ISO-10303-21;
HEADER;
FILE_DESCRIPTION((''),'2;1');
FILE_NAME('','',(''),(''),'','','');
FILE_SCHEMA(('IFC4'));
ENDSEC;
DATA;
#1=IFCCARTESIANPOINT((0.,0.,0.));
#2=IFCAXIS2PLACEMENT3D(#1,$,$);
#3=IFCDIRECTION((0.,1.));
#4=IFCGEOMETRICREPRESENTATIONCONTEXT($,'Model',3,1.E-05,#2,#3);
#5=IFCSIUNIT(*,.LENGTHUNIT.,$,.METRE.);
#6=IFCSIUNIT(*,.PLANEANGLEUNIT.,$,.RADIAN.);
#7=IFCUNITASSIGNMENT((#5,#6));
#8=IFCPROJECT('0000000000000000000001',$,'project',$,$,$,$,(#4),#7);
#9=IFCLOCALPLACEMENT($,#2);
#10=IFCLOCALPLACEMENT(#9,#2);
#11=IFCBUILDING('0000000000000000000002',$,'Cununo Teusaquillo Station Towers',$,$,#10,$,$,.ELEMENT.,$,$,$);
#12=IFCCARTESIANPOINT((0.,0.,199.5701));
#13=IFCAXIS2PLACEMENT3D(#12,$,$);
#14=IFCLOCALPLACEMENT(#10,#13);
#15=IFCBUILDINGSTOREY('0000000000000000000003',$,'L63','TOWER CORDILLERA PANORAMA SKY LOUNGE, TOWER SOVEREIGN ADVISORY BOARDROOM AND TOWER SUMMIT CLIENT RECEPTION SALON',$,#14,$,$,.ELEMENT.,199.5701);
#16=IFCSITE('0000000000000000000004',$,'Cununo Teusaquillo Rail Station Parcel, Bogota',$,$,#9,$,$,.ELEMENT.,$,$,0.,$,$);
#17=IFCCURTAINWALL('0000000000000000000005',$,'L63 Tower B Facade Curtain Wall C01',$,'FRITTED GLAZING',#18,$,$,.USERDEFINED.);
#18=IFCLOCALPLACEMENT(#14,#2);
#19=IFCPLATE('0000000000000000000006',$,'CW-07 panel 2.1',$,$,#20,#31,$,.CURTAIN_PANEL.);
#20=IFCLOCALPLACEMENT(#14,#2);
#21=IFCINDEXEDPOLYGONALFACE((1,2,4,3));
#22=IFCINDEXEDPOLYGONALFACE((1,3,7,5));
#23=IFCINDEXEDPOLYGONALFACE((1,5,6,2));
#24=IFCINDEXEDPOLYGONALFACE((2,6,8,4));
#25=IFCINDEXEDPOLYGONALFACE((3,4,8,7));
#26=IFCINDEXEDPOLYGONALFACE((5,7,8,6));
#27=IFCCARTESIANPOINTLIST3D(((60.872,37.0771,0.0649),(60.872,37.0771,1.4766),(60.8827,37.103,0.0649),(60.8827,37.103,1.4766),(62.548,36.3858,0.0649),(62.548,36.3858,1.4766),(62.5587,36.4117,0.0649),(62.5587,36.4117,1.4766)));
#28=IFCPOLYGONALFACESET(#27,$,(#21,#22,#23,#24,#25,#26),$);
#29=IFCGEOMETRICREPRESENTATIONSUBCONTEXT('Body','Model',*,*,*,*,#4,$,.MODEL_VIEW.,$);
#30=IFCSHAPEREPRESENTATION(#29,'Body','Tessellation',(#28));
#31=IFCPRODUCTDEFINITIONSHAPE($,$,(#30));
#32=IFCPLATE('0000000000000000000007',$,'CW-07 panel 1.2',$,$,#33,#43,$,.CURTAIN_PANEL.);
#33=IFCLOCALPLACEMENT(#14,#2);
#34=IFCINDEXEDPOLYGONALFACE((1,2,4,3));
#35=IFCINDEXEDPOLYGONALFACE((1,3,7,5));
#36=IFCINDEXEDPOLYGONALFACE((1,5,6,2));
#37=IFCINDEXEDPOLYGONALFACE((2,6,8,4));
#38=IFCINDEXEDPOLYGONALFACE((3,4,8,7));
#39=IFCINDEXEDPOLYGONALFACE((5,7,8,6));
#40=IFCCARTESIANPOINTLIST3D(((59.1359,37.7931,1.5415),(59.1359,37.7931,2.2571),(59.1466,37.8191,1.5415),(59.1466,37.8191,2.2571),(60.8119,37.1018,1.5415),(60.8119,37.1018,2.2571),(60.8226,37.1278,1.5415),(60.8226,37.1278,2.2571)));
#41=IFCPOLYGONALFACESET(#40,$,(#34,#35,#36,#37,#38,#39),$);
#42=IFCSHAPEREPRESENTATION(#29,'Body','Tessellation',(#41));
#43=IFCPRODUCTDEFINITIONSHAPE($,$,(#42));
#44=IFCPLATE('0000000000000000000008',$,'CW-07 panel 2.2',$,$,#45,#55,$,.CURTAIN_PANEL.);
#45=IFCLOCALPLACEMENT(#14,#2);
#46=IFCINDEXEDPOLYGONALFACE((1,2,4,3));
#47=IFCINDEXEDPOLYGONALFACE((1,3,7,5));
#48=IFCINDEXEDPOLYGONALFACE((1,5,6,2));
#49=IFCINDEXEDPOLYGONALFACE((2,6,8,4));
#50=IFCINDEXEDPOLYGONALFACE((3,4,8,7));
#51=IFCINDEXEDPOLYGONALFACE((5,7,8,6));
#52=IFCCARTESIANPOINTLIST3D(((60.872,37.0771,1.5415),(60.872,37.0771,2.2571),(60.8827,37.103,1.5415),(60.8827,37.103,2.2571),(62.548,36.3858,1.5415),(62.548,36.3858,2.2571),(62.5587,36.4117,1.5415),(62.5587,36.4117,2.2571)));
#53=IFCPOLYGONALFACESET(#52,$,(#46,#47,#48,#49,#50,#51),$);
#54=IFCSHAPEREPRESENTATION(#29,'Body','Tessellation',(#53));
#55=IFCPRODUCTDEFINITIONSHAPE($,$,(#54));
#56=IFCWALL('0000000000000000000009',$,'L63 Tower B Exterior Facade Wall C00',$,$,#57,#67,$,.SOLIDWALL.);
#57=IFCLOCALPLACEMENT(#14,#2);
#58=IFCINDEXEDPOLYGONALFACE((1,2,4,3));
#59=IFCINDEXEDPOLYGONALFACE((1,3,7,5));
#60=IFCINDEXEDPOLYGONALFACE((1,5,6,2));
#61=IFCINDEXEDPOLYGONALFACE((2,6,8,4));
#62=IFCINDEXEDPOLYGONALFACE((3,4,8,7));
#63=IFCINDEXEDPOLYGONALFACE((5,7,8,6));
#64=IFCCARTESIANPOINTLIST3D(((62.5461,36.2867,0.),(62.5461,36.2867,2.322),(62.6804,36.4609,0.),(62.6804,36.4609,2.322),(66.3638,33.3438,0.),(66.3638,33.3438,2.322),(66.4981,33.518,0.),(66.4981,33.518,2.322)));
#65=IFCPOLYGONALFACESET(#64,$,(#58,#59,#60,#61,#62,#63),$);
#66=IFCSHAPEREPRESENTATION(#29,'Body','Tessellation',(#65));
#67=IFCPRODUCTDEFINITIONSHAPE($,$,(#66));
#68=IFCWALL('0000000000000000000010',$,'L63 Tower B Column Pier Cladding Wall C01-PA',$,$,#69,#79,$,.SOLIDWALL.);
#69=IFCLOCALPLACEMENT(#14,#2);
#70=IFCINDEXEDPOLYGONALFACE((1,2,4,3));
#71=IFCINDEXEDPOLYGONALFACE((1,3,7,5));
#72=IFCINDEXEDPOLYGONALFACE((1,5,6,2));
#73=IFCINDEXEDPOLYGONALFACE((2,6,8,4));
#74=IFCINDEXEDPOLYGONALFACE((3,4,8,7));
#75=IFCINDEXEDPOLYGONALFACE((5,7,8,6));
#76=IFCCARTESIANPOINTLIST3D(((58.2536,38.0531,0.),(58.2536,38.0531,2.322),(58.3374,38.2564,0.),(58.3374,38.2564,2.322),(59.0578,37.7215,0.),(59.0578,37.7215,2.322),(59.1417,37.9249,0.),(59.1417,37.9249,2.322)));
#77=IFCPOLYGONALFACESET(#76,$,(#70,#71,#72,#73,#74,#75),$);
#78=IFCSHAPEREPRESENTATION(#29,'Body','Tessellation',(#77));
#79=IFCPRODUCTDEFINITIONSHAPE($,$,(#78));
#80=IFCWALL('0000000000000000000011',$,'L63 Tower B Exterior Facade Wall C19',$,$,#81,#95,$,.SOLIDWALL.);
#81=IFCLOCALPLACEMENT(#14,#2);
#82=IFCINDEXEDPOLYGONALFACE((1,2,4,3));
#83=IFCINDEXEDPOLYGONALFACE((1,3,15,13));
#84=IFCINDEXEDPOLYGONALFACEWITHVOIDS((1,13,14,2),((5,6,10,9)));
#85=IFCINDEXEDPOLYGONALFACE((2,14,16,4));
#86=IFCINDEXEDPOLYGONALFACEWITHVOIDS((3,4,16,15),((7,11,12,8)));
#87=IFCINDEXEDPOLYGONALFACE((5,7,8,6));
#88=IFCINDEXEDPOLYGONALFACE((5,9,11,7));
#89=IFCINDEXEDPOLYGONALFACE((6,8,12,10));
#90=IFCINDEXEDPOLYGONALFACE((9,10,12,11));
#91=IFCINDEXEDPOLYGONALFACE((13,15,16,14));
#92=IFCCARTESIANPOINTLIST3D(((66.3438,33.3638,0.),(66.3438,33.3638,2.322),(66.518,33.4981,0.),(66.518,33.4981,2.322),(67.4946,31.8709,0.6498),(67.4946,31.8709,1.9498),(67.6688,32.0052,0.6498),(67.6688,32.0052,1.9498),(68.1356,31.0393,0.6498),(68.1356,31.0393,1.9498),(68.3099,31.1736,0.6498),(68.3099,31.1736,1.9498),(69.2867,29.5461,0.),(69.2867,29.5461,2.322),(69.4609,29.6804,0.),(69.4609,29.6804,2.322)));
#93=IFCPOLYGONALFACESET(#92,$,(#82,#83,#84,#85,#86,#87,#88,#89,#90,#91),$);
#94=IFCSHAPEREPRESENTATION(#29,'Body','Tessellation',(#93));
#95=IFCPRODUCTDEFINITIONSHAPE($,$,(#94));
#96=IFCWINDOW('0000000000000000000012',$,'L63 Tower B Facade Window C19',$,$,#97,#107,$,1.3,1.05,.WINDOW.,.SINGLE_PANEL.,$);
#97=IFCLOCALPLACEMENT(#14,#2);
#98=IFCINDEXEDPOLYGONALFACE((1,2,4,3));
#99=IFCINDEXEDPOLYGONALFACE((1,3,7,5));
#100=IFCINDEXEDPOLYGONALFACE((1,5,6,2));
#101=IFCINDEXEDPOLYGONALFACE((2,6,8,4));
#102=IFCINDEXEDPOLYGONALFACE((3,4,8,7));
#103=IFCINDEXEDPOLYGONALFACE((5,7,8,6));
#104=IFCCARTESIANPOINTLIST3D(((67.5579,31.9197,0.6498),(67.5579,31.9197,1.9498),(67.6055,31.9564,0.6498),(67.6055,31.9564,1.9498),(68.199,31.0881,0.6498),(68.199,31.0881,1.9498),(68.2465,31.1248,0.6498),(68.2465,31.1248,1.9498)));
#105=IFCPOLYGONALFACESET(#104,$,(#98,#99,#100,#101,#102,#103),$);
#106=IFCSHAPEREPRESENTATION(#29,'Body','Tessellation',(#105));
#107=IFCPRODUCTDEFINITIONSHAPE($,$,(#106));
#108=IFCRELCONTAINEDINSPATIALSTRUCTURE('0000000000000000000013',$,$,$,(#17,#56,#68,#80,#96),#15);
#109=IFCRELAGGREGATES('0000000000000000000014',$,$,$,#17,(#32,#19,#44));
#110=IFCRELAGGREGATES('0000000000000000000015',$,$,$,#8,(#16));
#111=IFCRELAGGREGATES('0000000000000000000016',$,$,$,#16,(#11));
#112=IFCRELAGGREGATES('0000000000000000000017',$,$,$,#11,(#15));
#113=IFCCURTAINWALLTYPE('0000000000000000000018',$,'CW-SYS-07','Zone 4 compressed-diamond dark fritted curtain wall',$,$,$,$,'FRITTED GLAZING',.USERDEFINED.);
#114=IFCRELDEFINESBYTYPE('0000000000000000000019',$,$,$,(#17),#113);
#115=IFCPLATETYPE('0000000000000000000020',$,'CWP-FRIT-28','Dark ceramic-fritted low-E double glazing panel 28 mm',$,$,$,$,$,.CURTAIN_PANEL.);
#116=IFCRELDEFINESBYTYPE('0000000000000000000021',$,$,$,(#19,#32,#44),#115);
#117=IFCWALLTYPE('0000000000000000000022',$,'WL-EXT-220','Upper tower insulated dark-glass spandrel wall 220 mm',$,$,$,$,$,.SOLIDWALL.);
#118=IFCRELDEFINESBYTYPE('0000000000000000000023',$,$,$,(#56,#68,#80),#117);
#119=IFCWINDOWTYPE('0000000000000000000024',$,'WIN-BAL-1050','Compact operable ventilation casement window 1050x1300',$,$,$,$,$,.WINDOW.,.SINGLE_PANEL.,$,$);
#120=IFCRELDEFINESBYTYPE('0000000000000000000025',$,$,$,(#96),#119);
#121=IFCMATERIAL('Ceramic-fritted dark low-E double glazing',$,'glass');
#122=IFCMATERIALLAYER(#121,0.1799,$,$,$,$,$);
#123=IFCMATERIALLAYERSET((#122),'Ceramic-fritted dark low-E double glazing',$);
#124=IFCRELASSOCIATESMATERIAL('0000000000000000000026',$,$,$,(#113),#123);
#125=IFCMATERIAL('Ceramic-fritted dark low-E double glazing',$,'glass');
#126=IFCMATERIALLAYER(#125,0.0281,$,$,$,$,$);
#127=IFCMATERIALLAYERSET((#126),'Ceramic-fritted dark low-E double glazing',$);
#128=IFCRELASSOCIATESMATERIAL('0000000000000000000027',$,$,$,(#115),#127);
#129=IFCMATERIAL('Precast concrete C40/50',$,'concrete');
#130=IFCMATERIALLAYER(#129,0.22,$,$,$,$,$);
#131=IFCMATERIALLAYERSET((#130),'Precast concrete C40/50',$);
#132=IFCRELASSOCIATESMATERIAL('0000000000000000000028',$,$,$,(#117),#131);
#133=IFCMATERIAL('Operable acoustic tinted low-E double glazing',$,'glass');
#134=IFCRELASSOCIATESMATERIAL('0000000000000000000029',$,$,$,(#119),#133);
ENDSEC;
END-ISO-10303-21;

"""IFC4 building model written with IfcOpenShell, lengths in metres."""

from ifc_helpers import new_model, si_unit, direction, frame, frame_2d, origin, origin_2d, place, context, subcontext, project, spatial, rectangle, extrude, source, transform, mapped, material, layer, layer_set, type_object, element, fill, aggregate, save


model = new_model("IFC4")

# Units and contexts
model_context = context("Model", 3, precision=1e-05, world=origin(), true_north=direction((0.0, 1.0)))
body_context = subcontext(model_context, "Body", "Model", "MODEL_VIEW")
ifc_project = project(units=[si_unit("LENGTHUNIT", "METRE"), si_unit("PLANEANGLEUNIT", "RADIAN")], contexts=[model_context])

# Site, building, storey
site_placement = place(None, origin())
site = spatial("IfcSite", under=ifc_project, at=site_placement, Name="Cununo Teusaquillo Rail Station Parcel, Bogota", CompositionType="ELEMENT", RefElevation=0.0)
building_placement = place(site_placement, origin())
building = spatial("IfcBuilding", under=site, at=building_placement, Name="Cununo Teusaquillo Station Towers", CompositionType="ELEMENT")
storey_placement = place(building_placement, frame((0.0, 0.0, 199.5701)))
storey = spatial("IfcBuildingStorey", under=building, at=storey_placement, Name="L63", Description="TOWER CORDILLERA PANORAMA SKY LOUNGE, TOWER SOVEREIGN ADVISORY BOARDROOM AND TOWER SUMMIT CLIENT RECEPTION SALON", CompositionType="ELEMENT", Elevation=199.5701)

# Curtain wall
ifc_material_1 = material(Name="Ceramic-fritted dark low-E double glazing", Category="glass")
ifc_layer_1 = layer(ifc_material_1, 0.1799)
ifc_layer_set_1 = layer_set([ifc_layer_1], Name="Ceramic-fritted dark low-E double glazing")
curtain_wall_type = type_object("IfcCurtainWallType", Name="CW-SYS-07", Description="Zone 4 compressed-diamond dark fritted curtain wall", ElementType="FRITTED GLAZING", PredefinedType="USERDEFINED", material=ifc_layer_set_1)
curtain_wall_placement = place(storey_placement, origin())
curtain_wall = element("IfcCurtainWall", 1, at=curtain_wall_placement, inside=storey, type_object=curtain_wall_type, Name="L63 Tower B Facade Curtain Wall C01", ObjectType="FRITTED GLAZING", PredefinedType="USERDEFINED")

# Plates
ifc_material_2 = material(Name="Ceramic-fritted dark low-E double glazing", Category="glass")
ifc_layer_2 = layer(ifc_material_2, 0.0281)
ifc_layer_set_2 = layer_set([ifc_layer_2], Name="Ceramic-fritted dark low-E double glazing")
plate_type = type_object("IfcPlateType", Name="CWP-FRIT-28", Description="Dark ceramic-fritted low-E double glazing panel 28 mm", PredefinedType="CURTAIN_PANEL", material=ifc_layer_set_2)
shared_shape_1 = source(origin(), body_context, "Body", "SweptSolid", [
    extrude(rectangle(XDim=1.813, YDim=0.0281, at=origin_2d()), origin(), (0.0, 0.0, 1.0), 1.4116),
])
plate_1_placement = place(storey_placement, frame((61.7153, 36.7444, 0.0649), z_axis=(0.0, 0.0, 1.0), x_axis=(0.924447, -0.381311, 0.0)))
plate_1 = element("IfcPlate", 2, at=plate_1_placement, type_object=plate_type, Name="CW-07 panel 2.1", PredefinedType="CURTAIN_PANEL", context=body_context, shape_type="MappedRepresentation", body=[
    mapped(shared_shape_1, transform((0.0, 0.0, 0.0), x_axis=(1.0, 0.0, 0.0), y_axis=(0.0, 1.0, 0.0), z_axis=(0.0, 0.0, 1.0), scale=1.0)),
])
shared_shape_2 = source(origin(), body_context, "Body", "SweptSolid", [
    extrude(rectangle(XDim=1.813, YDim=0.0281, at=origin_2d()), origin(), (0.0, 0.0, 1.0), 0.7156),
])
plate_2_placement = place(storey_placement, frame((59.9792, 37.4604, 1.5415), z_axis=(0.0, 0.0, 1.0), x_axis=(0.924447, -0.381311, 0.0)))
plate_2 = element("IfcPlate", 3, at=plate_2_placement, type_object=plate_type, Name="CW-07 panel 1.2", PredefinedType="CURTAIN_PANEL", context=body_context, shape_type="MappedRepresentation", body=[
    mapped(shared_shape_2, transform((0.0, 0.0, 0.0), x_axis=(1.0, 0.0, 0.0), y_axis=(0.0, 1.0, 0.0), z_axis=(0.0, 0.0, 1.0), scale=1.0)),
])
plate_3_placement = place(storey_placement, frame((61.7153, 36.7444, 1.5415), z_axis=(0.0, 0.0, 1.0), x_axis=(0.924447, -0.381311, 0.0)))
plate_3 = element("IfcPlate", 4, at=plate_3_placement, type_object=plate_type, Name="CW-07 panel 2.2", PredefinedType="CURTAIN_PANEL", context=body_context, shape_type="MappedRepresentation", body=[
    mapped(shared_shape_2, transform((0.0, 0.0, 0.0), x_axis=(1.0, 0.0, 0.0), y_axis=(0.0, 1.0, 0.0), z_axis=(0.0, 0.0, 1.0), scale=1.0)),
])
aggregate(curtain_wall, [plate_2, plate_1, plate_3])

# Walls
ifc_material_3 = material(Name="Precast concrete C40/50", Category="concrete")
ifc_layer_3 = layer(ifc_material_3, 0.22)
ifc_layer_set_3 = layer_set([ifc_layer_3], Name="Precast concrete C40/50")
wall_type = type_object("IfcWallType", Name="WL-EXT-220", Description="Upper tower insulated dark-glass spandrel wall 220 mm", PredefinedType="SOLIDWALL", material=ifc_layer_set_3)
wall_1_placement = place(storey_placement, frame((62.6133, 36.3738, 0.0), z_axis=(0.0, 0.0, 1.0), x_axis=(0.791998, -0.610523, 0.0)))
element("IfcWall", 5, at=wall_1_placement, inside=storey, type_object=wall_type, Name="L63 Tower B Exterior Facade Wall C00", PredefinedType="SOLIDWALL", context=body_context, shape_type="SweptSolid", body=[
    extrude(rectangle(XDim=4.8203, YDim=0.22, at=frame_2d((2.4102, 0.0))), origin(), (0.0, 0.0, 1.0), 2.322),
])
wall_2_placement = place(storey_placement, frame((58.2954, 38.1548, 0.0), z_axis=(0.0, 0.0, 1.0), x_axis=(0.924515, -0.381145, 0.0)))
element("IfcWall", 6, at=wall_2_placement, inside=storey, type_object=wall_type, Name="L63 Tower B Column Pier Cladding Wall C01-PA", PredefinedType="SOLIDWALL", context=body_context, shape_type="SweptSolid", body=[
    extrude(rectangle(XDim=0.8699, YDim=0.22, at=frame_2d((0.4351, 0.0))), origin(), (0.0, 0.0, 1.0), 2.322),
])

# Wall, opening, window
wall_3_placement = place(storey_placement, frame((66.4309, 33.4309, 0.0), z_axis=(0.0, 0.0, 1.0), x_axis=(0.610523, -0.791998, 0.0)))
wall_3 = element("IfcWall", 7, at=wall_3_placement, inside=storey, type_object=wall_type, Name="L63 Tower B Exterior Facade Wall C19", PredefinedType="SOLIDWALL", context=body_context, shape_type="SweptSolid", body=[
    extrude(rectangle(XDim=4.8203, YDim=0.22, at=frame_2d((2.4102, 0.0))), origin(), (0.0, 0.0, 1.0), 2.322),
])
shared_shape_3 = source(origin(), body_context, "Body", "SweptSolid", [
    extrude(rectangle(XDim=1.05, YDim=1.3, at=frame_2d((0.5249, 0.6499))), frame((0.0, 0.1199, 0.0), z_axis=(0.0, -1.0, 0.0), x_axis=(1.0, 0.0, 0.0)), (0.0, 0.0, 1.0), 0.24),
])
opening_placement = place(wall_3_placement, frame((1.885, 0.0, 0.6499)))
opening = element("IfcOpeningElement", 8, at=opening_placement, cuts=wall_3, PredefinedType="OPENING", context=body_context, shape_type="MappedRepresentation", body=[
    mapped(shared_shape_3, transform((0.0, 0.0, 0.0), x_axis=(1.0, 0.0, 0.0), y_axis=(0.0, 1.0, 0.0), z_axis=(0.0, 0.0, 1.0), scale=1.0)),
])
ifc_material_4 = material(Name="Operable acoustic tinted low-E double glazing", Category="glass")
window_type = type_object("IfcWindowType", Name="WIN-BAL-1050", Description="Compact operable ventilation casement window 1050x1300", PartitioningType="SINGLE_PANEL", PredefinedType="WINDOW", material=ifc_material_4)
shared_shape_4 = source(origin(), body_context, "Body", "SweptSolid", [
    extrude(rectangle(XDim=1.05, YDim=1.3, at=frame_2d((0.5249, 0.6499))), frame((0.0, 0.03, 0.0), z_axis=(0.0, -1.0, 0.0), x_axis=(1.0, 0.0, 0.0)), (0.0, 0.0, 1.0), 0.0601),
])
window_placement = place(opening_placement, origin())
window = element("IfcWindow", 9, at=window_placement, inside=storey, type_object=window_type, Name="L63 Tower B Facade Window C19", OverallHeight=1.3, OverallWidth=1.05, PartitioningType="SINGLE_PANEL", PredefinedType="WINDOW", context=body_context, shape_type="MappedRepresentation", body=[
    mapped(shared_shape_4, transform((0.0, 0.0, 0.0), x_axis=(1.0, 0.0, 0.0), y_axis=(0.0, 1.0, 0.0), z_axis=(0.0, 0.0, 1.0), scale=1.0)),
])
fill(opening, window)

save(model, "model.ifc")
